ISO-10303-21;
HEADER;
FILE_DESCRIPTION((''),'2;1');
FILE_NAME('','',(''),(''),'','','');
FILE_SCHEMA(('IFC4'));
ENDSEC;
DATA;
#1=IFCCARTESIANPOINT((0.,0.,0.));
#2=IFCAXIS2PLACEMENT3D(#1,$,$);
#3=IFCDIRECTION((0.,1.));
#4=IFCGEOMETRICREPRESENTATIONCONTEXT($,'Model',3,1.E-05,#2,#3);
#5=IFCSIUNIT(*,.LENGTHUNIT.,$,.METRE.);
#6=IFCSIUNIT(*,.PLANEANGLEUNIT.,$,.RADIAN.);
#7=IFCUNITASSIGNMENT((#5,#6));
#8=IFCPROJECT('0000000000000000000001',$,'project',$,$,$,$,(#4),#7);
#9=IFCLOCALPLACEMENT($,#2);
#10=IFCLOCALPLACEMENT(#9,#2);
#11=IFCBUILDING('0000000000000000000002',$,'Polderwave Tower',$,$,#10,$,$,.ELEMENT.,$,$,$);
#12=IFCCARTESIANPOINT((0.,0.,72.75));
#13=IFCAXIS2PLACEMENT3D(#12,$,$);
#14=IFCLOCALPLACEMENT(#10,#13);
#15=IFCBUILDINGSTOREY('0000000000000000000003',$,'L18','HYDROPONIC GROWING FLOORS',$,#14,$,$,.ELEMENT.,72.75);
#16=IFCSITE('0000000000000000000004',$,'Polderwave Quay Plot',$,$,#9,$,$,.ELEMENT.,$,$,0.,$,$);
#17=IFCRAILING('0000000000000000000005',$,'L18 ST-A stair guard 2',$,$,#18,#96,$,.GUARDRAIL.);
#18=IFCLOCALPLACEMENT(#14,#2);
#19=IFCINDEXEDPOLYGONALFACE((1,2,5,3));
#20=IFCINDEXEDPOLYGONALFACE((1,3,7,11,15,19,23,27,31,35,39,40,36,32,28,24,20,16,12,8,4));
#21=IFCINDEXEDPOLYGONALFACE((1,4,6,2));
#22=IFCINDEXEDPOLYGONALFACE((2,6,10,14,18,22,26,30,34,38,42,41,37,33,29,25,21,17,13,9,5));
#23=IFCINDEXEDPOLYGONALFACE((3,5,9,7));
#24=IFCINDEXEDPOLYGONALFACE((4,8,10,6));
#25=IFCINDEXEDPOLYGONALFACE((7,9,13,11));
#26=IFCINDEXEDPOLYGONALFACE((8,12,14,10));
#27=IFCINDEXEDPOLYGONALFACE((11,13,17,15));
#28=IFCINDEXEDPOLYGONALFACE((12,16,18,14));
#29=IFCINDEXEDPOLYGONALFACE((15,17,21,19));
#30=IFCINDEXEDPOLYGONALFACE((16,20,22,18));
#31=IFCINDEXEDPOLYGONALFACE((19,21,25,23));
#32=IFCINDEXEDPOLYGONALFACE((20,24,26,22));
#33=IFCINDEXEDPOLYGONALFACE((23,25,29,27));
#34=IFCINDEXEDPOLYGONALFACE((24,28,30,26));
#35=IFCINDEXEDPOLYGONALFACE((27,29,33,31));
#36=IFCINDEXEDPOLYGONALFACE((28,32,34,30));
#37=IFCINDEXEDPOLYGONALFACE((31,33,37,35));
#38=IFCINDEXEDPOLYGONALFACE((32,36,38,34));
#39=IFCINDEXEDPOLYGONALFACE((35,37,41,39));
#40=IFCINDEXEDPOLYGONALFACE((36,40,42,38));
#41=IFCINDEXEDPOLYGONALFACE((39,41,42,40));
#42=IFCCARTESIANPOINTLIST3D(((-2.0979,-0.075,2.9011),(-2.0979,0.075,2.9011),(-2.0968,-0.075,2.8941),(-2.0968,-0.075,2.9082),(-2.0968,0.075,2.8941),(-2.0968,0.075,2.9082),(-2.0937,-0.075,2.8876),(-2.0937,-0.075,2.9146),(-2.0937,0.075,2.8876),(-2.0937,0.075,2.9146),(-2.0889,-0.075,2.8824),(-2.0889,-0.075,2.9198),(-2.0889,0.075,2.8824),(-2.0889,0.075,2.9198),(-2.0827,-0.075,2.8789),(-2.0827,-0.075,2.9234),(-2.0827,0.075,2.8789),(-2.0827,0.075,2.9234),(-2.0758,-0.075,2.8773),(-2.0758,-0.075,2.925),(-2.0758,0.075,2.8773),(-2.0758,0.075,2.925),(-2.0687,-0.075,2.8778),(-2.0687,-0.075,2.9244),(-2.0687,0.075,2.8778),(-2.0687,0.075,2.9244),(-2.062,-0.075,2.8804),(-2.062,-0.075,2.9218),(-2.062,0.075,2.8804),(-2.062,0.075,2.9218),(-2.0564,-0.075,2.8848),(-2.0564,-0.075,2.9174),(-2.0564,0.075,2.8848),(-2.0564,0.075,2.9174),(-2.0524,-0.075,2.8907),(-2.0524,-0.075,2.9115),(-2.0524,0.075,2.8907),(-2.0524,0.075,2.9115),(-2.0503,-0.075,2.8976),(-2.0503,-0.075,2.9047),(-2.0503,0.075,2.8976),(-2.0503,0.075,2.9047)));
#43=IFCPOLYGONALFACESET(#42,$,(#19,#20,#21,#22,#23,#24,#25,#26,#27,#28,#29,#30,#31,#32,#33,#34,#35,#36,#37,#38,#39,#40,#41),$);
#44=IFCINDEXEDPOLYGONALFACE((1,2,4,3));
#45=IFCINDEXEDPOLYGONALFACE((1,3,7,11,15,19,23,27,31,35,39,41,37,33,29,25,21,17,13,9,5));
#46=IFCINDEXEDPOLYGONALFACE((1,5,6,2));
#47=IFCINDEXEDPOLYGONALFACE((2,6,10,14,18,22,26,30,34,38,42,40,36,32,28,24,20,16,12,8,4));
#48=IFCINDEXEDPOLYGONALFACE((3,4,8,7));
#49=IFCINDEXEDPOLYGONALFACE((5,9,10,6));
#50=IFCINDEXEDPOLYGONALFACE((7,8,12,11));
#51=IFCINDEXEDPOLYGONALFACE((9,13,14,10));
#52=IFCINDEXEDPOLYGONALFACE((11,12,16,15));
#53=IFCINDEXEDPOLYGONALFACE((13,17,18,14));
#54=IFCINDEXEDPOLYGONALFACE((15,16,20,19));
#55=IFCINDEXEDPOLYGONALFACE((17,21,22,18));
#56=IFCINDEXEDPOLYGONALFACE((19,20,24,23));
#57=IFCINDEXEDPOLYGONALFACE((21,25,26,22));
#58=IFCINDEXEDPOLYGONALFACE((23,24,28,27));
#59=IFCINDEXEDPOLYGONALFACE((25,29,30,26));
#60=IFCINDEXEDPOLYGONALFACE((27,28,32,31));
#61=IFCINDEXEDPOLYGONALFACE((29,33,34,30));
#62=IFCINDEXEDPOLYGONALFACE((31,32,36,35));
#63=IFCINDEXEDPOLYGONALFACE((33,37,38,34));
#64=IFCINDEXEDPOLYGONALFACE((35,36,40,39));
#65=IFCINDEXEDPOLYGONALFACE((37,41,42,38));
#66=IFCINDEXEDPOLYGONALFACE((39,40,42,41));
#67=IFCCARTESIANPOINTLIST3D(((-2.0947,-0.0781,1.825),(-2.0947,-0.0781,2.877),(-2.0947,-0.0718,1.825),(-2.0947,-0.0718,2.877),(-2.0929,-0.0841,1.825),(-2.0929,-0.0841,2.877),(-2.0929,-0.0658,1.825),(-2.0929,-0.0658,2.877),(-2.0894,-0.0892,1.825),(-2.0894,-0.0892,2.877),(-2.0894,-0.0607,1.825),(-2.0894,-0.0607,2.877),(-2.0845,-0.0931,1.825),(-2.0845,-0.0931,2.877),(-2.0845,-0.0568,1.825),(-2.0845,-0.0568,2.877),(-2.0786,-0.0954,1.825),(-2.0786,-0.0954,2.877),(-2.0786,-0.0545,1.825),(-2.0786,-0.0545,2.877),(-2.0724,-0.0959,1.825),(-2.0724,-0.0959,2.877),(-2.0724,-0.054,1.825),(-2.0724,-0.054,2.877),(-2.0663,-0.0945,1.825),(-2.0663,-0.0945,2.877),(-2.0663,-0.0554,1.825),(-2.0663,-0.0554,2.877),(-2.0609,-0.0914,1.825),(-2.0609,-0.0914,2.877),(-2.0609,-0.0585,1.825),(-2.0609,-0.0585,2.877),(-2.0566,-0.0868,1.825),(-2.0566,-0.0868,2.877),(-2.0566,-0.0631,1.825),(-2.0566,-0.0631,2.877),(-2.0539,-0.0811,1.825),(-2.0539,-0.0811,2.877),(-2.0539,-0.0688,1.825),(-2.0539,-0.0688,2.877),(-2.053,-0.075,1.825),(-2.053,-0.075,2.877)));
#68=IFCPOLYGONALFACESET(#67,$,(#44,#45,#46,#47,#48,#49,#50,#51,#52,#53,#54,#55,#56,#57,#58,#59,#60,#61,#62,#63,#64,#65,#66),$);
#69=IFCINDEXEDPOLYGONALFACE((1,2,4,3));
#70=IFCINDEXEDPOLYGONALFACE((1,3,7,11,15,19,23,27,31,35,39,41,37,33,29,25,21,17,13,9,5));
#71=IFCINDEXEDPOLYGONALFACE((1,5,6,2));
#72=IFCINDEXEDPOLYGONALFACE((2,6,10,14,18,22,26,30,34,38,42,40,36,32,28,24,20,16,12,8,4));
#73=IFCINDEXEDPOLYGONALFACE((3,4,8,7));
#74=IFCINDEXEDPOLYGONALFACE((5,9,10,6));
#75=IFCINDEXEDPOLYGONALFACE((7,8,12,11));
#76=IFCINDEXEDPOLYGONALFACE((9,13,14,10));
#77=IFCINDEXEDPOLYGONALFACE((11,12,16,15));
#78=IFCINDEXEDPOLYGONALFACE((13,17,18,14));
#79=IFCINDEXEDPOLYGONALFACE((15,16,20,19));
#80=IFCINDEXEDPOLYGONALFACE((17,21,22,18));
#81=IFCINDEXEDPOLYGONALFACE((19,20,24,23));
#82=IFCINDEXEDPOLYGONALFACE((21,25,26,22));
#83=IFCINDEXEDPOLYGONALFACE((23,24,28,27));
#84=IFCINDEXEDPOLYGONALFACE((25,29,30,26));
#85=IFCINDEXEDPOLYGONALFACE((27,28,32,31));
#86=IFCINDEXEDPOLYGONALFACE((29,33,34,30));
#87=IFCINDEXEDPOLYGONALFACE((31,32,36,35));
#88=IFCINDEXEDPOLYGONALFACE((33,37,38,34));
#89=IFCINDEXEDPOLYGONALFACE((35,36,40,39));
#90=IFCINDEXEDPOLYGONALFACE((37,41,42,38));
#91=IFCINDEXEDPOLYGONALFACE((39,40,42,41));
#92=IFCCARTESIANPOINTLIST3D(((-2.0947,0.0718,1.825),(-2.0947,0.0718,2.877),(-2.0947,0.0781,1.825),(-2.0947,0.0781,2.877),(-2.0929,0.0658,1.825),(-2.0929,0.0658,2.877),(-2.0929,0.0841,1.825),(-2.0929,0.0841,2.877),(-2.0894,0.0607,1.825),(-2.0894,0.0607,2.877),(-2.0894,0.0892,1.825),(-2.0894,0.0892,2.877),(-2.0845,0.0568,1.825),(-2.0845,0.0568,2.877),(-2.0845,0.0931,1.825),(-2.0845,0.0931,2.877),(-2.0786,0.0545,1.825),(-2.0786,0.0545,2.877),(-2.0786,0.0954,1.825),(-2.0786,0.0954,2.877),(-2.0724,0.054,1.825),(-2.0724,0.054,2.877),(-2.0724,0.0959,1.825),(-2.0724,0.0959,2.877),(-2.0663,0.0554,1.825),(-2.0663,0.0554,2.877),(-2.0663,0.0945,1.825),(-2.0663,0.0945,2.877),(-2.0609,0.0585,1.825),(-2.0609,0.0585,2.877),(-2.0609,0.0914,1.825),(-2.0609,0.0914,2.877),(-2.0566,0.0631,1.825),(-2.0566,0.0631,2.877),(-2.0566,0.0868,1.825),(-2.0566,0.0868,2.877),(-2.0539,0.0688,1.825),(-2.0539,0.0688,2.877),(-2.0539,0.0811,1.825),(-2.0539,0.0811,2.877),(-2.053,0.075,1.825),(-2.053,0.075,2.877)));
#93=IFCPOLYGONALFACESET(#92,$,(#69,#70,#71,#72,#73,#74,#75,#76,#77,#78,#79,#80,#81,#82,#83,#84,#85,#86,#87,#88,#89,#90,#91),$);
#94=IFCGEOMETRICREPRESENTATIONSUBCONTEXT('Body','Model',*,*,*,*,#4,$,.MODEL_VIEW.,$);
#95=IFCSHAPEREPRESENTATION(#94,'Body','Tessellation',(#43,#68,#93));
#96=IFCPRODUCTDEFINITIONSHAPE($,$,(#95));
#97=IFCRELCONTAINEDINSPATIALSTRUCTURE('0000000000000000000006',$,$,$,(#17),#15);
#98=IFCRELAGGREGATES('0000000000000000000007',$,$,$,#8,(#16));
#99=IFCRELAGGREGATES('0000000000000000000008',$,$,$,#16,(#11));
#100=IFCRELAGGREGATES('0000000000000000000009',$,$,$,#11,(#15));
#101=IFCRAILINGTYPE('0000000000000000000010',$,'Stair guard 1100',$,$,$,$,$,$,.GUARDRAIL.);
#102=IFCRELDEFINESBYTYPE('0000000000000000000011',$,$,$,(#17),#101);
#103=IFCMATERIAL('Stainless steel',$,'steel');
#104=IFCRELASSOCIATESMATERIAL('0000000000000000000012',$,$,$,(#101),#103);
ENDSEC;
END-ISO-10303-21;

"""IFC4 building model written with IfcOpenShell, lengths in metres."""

from ifc_helpers import new_model, si_unit, direction, frame, origin, origin_2d, place, context, subcontext, project, spatial, circle, extrude, material, type_object, element, save


model = new_model("IFC4")

# Units and contexts
model_context = context("Model", 3, precision=1e-05, world=origin(), true_north=direction((0.0, 1.0)))
body_context = subcontext(model_context, "Body", "Model", "MODEL_VIEW")
ifc_project = project(units=[si_unit("LENGTHUNIT", "METRE"), si_unit("PLANEANGLEUNIT", "RADIAN")], contexts=[model_context])

# Site, building, storey
site_placement = place(None, origin())
site = spatial("IfcSite", under=ifc_project, at=site_placement, Name="Polderwave Quay Plot", CompositionType="ELEMENT", RefElevation=0.0)
building_placement = place(site_placement, origin())
building = spatial("IfcBuilding", under=site, at=building_placement, Name="Polderwave Tower", CompositionType="ELEMENT")
storey_placement = place(building_placement, frame((0.0, 0.0, 72.75)))
storey = spatial("IfcBuildingStorey", under=building, at=storey_placement, Name="L18", Description="HYDROPONIC GROWING FLOORS", CompositionType="ELEMENT", Elevation=72.75)

# Railing
ifc_material_1 = material(Name="Stainless steel", Category="steel")
railing_type = type_object("IfcRailingType", Name="Stair guard 1100", PredefinedType="GUARDRAIL", material=ifc_material_1)
railing_1_placement = place(storey_placement, frame((-2.074, -0.075, 1.825)))
element("IfcRailing", 1, at=railing_1_placement, inside=storey, type_object=railing_type, Name="L18 ST-A stair guard 2", PredefinedType="GUARDRAIL", context=body_context, shape_type="SweptSolid", body=[
    extrude(circle(Radius=0.0239, at=origin_2d()), frame((0.0, 0.0, 1.0762), z_axis=(0.0, 1.0, 0.0), x_axis=(-1.0, 0.0, 0.0)), (0.0, 0.0, 1.0), 0.1499),
    extrude(circle(Radius=0.021, at=origin_2d()), origin(), (0.0, 0.0, 1.0), 1.052),
    extrude(circle(Radius=0.021, at=origin_2d()), frame((0.0, 0.1499, 0.0)), (0.0, 0.0, 1.0), 1.052),
])

save(model, "model.ifc")
